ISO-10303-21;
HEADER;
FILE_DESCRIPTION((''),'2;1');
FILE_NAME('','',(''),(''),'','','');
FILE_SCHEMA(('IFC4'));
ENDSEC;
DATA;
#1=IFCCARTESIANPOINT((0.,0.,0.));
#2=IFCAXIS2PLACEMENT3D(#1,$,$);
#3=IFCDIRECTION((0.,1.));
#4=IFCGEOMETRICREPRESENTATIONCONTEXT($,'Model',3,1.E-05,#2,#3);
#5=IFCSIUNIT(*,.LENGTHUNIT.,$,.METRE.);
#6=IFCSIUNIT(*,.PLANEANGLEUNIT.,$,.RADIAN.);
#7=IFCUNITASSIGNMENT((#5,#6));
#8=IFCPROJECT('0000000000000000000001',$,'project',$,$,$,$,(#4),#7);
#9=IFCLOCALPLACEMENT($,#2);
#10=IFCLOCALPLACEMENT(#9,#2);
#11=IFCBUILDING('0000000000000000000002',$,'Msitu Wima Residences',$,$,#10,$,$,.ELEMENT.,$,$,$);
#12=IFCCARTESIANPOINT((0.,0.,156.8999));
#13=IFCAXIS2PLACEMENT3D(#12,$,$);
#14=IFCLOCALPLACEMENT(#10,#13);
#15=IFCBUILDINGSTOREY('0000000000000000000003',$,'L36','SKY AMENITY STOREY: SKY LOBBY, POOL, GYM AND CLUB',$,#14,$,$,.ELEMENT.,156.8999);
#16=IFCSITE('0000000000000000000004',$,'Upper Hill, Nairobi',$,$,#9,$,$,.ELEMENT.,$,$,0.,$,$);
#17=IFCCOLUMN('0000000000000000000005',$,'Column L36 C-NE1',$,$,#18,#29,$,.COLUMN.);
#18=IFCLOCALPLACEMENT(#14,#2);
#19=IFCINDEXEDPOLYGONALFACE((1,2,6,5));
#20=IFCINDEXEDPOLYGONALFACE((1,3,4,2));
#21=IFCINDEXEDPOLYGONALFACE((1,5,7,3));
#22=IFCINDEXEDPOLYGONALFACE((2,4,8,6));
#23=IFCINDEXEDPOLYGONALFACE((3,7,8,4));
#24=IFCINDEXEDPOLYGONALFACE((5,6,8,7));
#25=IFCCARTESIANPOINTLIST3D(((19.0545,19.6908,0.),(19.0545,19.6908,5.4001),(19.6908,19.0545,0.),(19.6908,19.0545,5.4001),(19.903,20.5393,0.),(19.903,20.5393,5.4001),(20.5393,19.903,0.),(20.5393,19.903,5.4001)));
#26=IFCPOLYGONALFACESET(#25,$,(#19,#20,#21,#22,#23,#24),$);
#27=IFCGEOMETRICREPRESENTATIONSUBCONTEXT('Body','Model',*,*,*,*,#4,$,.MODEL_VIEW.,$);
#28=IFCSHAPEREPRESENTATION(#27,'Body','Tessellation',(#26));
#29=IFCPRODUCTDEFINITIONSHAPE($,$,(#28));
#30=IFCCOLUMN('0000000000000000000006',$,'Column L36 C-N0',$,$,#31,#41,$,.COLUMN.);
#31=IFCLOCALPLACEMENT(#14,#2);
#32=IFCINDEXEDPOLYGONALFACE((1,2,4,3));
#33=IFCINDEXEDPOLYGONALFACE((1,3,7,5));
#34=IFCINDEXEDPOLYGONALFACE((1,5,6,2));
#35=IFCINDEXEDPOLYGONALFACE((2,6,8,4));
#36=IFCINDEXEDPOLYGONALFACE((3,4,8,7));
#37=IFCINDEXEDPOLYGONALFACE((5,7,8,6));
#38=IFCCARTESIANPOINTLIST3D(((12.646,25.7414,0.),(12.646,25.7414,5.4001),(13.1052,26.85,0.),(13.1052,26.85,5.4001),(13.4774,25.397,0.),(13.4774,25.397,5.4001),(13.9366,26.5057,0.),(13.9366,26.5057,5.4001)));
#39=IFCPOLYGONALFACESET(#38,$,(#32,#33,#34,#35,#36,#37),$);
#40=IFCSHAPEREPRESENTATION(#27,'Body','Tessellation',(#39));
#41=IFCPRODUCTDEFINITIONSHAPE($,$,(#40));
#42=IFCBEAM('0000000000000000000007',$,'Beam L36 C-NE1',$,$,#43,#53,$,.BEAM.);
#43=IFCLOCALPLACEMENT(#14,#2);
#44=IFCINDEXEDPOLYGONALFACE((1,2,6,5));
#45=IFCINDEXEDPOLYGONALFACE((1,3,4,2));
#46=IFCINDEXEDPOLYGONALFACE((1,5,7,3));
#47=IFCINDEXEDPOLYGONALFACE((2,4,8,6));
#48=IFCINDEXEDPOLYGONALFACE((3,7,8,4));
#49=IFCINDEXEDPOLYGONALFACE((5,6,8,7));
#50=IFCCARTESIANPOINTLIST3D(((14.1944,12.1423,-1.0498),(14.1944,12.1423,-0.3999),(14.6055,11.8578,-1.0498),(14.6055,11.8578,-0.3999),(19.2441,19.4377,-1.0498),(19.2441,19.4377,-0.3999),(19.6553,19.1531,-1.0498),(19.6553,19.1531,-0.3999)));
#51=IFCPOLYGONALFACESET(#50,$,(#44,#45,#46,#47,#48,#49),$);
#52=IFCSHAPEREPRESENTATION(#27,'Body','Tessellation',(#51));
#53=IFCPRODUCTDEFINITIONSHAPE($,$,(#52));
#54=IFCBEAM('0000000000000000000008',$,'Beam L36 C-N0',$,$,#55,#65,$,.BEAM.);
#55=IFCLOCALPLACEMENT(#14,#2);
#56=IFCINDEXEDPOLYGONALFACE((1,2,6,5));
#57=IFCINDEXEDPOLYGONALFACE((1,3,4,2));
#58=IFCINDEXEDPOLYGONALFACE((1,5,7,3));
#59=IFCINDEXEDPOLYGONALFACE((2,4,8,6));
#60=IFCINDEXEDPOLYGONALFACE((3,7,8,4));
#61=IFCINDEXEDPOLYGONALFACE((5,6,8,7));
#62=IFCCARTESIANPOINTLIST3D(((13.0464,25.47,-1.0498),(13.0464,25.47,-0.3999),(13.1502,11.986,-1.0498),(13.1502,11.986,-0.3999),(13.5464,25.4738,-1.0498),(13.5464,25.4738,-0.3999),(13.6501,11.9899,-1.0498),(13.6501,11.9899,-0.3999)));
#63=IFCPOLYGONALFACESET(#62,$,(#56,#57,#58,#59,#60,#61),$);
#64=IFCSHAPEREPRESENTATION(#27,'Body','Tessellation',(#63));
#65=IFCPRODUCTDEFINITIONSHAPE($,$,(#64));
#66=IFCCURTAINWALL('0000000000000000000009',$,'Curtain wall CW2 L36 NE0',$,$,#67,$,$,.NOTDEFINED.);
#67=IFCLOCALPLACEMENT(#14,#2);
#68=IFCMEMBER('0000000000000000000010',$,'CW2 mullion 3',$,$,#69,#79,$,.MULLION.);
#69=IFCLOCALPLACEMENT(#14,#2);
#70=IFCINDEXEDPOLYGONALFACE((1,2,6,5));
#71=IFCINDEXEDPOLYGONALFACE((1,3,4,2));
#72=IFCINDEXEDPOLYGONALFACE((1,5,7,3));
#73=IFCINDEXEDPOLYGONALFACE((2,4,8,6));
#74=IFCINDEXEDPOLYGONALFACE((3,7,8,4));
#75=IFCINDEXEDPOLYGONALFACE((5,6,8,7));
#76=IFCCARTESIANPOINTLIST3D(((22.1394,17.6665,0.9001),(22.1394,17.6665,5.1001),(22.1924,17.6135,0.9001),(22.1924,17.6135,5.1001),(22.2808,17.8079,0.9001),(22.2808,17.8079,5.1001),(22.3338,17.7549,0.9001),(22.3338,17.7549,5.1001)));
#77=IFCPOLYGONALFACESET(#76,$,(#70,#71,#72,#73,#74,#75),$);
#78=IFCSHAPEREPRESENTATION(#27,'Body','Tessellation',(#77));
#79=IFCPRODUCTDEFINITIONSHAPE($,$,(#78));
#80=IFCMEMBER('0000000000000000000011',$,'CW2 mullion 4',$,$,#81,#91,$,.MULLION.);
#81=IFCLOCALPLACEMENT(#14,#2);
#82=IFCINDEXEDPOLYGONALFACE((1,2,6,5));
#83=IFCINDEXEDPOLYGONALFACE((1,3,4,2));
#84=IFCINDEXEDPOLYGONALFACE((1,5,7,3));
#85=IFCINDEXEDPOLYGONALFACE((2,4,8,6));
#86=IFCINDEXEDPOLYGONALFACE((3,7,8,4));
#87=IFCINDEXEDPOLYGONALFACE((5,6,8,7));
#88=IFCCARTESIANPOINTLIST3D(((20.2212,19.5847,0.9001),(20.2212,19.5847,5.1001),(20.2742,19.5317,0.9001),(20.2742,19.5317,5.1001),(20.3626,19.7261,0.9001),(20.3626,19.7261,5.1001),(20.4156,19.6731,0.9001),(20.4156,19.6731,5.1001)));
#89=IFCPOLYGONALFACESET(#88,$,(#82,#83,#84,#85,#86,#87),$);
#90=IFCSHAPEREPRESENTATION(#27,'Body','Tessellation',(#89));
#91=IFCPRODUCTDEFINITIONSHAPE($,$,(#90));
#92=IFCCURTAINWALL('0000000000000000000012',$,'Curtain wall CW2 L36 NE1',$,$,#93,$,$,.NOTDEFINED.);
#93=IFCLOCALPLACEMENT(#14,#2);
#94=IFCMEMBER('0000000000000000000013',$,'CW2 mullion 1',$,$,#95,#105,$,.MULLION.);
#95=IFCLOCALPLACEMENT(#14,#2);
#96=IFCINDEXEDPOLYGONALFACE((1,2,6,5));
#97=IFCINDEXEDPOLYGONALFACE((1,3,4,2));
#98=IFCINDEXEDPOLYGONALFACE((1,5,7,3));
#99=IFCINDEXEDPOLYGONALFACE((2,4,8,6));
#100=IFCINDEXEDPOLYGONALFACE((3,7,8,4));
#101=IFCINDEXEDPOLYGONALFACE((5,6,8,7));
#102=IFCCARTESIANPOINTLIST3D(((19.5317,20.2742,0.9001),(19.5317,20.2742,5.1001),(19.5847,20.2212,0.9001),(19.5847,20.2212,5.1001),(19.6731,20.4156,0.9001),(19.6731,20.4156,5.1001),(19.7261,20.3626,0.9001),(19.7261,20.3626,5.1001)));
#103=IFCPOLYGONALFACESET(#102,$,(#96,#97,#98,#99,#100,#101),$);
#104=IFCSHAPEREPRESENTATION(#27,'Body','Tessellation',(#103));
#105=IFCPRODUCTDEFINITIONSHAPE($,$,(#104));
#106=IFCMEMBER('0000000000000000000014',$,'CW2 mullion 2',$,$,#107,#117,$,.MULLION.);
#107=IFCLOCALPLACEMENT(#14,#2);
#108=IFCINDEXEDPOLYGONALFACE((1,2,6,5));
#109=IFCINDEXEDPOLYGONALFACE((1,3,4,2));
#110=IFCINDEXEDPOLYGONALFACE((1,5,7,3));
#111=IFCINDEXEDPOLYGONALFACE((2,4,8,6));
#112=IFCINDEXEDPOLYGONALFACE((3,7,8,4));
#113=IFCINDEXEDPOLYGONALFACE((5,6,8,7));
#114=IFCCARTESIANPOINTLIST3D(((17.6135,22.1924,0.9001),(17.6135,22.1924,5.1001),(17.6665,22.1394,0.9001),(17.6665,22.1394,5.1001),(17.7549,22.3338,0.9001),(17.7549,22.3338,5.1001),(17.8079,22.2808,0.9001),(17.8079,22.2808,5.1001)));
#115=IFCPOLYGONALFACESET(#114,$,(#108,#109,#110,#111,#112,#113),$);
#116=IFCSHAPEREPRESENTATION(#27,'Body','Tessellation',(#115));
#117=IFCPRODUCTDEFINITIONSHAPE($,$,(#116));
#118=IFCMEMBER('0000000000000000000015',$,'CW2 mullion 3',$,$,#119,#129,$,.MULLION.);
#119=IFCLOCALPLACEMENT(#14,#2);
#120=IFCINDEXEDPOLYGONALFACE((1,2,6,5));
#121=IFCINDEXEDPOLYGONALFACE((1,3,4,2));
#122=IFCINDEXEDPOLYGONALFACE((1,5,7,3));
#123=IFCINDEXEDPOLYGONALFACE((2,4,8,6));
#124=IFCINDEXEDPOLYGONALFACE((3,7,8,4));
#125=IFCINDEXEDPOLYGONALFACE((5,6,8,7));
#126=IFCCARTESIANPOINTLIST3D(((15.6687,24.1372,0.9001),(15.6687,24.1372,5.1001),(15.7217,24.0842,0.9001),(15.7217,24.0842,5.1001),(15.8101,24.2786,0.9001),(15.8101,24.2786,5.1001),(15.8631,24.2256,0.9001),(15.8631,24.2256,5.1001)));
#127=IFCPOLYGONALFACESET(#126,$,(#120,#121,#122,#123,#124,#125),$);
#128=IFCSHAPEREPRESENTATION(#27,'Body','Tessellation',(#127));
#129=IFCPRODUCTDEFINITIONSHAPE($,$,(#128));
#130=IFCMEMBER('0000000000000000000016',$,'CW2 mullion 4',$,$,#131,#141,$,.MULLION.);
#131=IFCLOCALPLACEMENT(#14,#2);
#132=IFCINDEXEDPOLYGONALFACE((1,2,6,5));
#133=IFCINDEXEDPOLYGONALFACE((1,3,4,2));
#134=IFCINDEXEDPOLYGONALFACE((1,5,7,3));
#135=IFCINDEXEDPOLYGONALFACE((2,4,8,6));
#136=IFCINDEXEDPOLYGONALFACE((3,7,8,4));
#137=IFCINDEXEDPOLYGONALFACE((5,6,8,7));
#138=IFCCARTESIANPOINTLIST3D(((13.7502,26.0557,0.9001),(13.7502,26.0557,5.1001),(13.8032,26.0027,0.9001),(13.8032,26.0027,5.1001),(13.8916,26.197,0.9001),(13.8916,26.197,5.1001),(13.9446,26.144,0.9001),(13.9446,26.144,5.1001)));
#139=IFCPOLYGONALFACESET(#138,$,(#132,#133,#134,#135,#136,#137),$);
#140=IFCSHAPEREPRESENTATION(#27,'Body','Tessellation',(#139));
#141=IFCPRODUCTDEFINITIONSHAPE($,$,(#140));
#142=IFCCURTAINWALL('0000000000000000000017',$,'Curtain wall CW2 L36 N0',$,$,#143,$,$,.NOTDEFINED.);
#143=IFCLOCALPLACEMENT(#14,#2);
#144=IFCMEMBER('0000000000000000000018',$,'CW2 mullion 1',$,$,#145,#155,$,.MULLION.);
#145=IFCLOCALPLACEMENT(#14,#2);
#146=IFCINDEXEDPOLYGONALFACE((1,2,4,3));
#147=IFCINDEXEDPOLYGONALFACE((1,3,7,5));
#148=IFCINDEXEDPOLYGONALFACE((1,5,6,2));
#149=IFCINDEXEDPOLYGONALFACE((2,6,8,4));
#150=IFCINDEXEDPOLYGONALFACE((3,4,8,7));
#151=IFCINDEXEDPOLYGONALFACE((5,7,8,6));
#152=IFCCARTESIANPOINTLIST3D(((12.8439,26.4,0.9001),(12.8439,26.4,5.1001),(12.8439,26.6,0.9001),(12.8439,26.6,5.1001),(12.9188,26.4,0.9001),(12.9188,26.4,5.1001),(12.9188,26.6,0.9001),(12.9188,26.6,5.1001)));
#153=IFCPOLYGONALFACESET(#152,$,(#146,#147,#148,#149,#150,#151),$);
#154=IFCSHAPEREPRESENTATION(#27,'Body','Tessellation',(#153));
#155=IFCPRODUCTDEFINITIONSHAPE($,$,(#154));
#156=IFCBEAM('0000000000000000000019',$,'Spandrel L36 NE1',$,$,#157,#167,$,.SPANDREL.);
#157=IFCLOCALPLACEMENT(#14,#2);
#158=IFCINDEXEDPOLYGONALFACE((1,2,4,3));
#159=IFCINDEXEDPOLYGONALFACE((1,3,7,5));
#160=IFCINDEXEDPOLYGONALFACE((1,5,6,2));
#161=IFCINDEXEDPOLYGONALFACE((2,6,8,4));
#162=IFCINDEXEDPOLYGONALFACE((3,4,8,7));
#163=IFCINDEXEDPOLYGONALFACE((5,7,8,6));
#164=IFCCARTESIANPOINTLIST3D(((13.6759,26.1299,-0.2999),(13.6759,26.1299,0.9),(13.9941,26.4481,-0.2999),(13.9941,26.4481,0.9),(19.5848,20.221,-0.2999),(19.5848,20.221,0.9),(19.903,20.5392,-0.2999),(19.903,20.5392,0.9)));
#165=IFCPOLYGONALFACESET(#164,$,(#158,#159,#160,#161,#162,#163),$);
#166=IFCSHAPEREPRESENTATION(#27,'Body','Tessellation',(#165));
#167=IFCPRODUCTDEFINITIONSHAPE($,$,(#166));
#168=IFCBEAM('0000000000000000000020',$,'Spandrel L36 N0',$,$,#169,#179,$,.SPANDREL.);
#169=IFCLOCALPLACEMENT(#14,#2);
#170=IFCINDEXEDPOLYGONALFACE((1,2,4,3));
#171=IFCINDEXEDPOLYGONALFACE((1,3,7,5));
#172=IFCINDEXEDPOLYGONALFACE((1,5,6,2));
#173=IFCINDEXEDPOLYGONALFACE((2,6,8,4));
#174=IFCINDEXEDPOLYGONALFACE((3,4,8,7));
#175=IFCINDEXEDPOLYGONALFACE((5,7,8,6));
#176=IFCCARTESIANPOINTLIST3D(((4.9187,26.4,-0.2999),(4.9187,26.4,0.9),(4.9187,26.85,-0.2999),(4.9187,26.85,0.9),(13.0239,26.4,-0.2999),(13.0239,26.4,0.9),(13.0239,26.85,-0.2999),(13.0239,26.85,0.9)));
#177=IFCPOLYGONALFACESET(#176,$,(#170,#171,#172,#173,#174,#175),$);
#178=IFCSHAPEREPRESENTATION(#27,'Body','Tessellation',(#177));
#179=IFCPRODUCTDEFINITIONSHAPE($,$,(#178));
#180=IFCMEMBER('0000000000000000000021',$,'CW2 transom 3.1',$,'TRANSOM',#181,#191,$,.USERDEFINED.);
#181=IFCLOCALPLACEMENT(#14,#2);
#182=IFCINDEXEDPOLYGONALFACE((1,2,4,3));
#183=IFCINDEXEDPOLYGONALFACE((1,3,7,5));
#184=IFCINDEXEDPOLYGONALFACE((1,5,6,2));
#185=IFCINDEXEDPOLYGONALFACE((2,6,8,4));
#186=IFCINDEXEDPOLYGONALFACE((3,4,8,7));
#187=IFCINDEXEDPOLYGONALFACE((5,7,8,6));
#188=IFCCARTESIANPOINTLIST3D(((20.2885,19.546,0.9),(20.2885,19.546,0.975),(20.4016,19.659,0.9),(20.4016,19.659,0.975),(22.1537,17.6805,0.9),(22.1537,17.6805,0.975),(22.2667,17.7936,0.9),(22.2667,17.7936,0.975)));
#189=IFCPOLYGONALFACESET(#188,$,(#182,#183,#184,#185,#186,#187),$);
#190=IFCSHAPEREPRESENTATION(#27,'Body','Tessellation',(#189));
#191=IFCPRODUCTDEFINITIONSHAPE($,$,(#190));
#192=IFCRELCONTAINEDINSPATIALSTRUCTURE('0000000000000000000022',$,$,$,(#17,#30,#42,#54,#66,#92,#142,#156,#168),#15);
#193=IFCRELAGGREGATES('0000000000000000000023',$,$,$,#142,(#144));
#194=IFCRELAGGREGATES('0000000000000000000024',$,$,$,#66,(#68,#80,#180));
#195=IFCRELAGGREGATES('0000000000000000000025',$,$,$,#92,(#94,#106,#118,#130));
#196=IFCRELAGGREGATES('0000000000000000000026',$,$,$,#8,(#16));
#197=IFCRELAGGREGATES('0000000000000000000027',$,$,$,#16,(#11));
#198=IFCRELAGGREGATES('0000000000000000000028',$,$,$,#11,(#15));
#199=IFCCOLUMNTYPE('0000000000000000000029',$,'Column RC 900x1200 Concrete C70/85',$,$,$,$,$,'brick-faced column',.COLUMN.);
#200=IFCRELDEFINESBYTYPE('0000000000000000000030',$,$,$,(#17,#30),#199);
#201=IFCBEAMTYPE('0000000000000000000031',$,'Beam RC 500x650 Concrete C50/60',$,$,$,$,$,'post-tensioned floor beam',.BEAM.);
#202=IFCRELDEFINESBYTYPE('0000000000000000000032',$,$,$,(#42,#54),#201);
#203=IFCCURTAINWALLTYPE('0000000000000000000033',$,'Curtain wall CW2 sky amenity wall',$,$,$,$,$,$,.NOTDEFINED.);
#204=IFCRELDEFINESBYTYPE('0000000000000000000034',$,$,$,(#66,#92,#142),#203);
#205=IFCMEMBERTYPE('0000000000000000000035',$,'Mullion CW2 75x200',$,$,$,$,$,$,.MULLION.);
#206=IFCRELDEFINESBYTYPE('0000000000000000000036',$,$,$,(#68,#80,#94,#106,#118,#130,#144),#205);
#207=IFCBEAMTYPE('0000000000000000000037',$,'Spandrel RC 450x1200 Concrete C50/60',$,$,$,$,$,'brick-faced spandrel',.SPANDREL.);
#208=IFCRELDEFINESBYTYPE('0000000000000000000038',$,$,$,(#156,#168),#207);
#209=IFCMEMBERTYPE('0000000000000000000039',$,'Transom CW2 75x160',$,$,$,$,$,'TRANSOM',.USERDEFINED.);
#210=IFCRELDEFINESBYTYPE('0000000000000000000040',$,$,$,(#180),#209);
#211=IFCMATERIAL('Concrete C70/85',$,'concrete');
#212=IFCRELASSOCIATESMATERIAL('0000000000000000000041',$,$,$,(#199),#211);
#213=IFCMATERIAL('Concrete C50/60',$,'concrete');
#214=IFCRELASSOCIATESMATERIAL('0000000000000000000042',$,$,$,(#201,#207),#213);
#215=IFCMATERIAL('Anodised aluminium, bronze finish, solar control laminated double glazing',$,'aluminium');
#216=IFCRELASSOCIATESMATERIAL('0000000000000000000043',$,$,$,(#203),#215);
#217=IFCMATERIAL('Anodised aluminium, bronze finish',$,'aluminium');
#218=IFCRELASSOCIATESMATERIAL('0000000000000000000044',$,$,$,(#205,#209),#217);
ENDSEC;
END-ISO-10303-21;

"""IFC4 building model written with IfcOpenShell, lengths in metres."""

from ifc_helpers import new_model, si_unit, direction, frame, origin, origin_2d, place, context, subcontext, project, spatial, rectangle, extrude, material, material_profile, profile_set, type_object, element, aggregate, save


model = new_model("IFC4")

# Units and contexts
model_context = context("Model", 3, precision=1e-05, world=origin(), true_north=direction((0.0, 1.0)))
body_context = subcontext(model_context, "Body", "Model", "MODEL_VIEW")
ifc_project = project(units=[si_unit("LENGTHUNIT", "METRE"), si_unit("PLANEANGLEUNIT", "RADIAN")], contexts=[model_context])

# Site, building, storey
site_placement = place(None, origin())
site = spatial("IfcSite", under=ifc_project, at=site_placement, Name="Upper Hill, Nairobi", CompositionType="ELEMENT", RefElevation=0.0)
building_placement = place(site_placement, origin())
building = spatial("IfcBuilding", under=site, at=building_placement, Name="Msitu Wima Residences", CompositionType="ELEMENT")
storey_placement = place(building_placement, frame((0.0, 0.0, 156.8999)))
storey = spatial("IfcBuildingStorey", under=building, at=storey_placement, Name="L36", Description="SKY AMENITY STOREY: SKY LOBBY, POOL, GYM AND CLUB", CompositionType="ELEMENT", Elevation=156.8999)

# Columns
ifc_material_1 = material(Name="Concrete C70/85", Category="concrete")
ifc_material_profile_1 = material_profile(ifc_material_1, rectangle(XDim=0.8999, YDim=1.2, at=origin_2d()), Name="RC 900x1200")
ifc_profile_set_1 = profile_set([ifc_material_profile_1], Name="Concrete C70/85")
column_type = type_object("IfcColumnType", Name="Column RC 900x1200 Concrete C70/85", ElementType="brick-faced column", PredefinedType="COLUMN", material=ifc_profile_set_1)
for number, where, z_axis, x_axis, name in (
    (1, (19.7969, 19.7969, 0.0), (0.0, 0.0, 1.0), (-0.707107, 0.707107, 0.0), "Column L36 C-NE1"),
    (2, (13.2913, 26.1235, 0.0), (0.0, 0.0, 1.0), (-0.92388, 0.382683, 0.0), "Column L36 C-N0"),
):
    element("IfcColumn", number, at=place(storey_placement, frame(where, z_axis=z_axis, x_axis=x_axis)), inside=storey, type_object=column_type, Name=name, PredefinedType="COLUMN", context=body_context, shape_type="SweptSolid", body=[
        extrude(rectangle(XDim=0.8999, YDim=1.2, at=origin_2d()), origin(), (0.0, 0.0, 1.0), 5.4001),
    ])

# Beams
ifc_material_2 = material(Name="Concrete C50/60", Category="concrete")
ifc_material_profile_2 = material_profile(ifc_material_2, rectangle(XDim=0.5, YDim=0.6499, at=origin_2d()), Name="RC 500x650")
ifc_profile_set_2 = profile_set([ifc_material_profile_2], Name="Concrete C50/60")
beam_type_1 = type_object("IfcBeamType", Name="Beam RC 500x650 Concrete C50/60", ElementType="post-tensioned floor beam", PredefinedType="BEAM", material=ifc_profile_set_2)
beam_1_placement = place(storey_placement, frame((19.4497, 19.2954, -0.7249), z_axis=(-0.569144, -0.822238, 0.0), x_axis=(0.822238, -0.569144, 0.0)))
element("IfcBeam", 3, at=beam_1_placement, inside=storey, type_object=beam_type_1, Name="Beam L36 C-NE1", PredefinedType="BEAM", context=body_context, shape_type="SweptSolid", body=[
    extrude(rectangle(XDim=0.5, YDim=0.6499, at=origin_2d()), origin(), (0.0, 0.0, 1.0), 8.8726),
])
beam_2_placement = place(storey_placement, frame((13.2964, 25.4719, -0.7249), z_axis=(0.007695, -0.99997, 0.0), x_axis=(0.99997, 0.007695, 0.0)))
element("IfcBeam", 4, at=beam_2_placement, inside=storey, type_object=beam_type_1, Name="Beam L36 C-N0", PredefinedType="BEAM", context=body_context, shape_type="SweptSolid", body=[
    extrude(rectangle(XDim=0.5, YDim=0.6499, at=origin_2d()), origin(), (0.0, 0.0, 1.0), 13.4844),
])

# Curtain walls, members
ifc_material_3 = material(Name="Anodised aluminium, bronze finish, solar control laminated double glazing", Category="aluminium")
curtain_wall_type = type_object("IfcCurtainWallType", Name="Curtain wall CW2 sky amenity wall", PredefinedType="NOTDEFINED", material=ifc_material_3)
curtain_wall_1_placement = place(storey_placement, origin())
curtain_wall_1 = element("IfcCurtainWall", 5, at=curtain_wall_1_placement, inside=storey, type_object=curtain_wall_type, Name="Curtain wall CW2 L36 NE0", PredefinedType="NOTDEFINED")
ifc_material_4 = material(Name="Anodised aluminium, bronze finish", Category="aluminium")
ifc_material_profile_3 = material_profile(ifc_material_4, rectangle(XDim=0.2, YDim=0.075, at=origin_2d()), Name="Mullion 75x200")
ifc_profile_set_3 = profile_set([ifc_material_profile_3], Name="Anodised aluminium, bronze finish")
member_type_1 = type_object("IfcMemberType", Name="Mullion CW2 75x200", PredefinedType="MULLION", material=ifc_profile_set_3)
member_1_placement = place(storey_placement, frame((22.2366, 17.7107, 0.9001), z_axis=(0.0, 0.0, 1.0), x_axis=(-0.707107, -0.707107, 0.0)))
member_1 = element("IfcMember", 6, at=member_1_placement, type_object=member_type_1, Name="CW2 mullion 3", PredefinedType="MULLION", context=body_context, shape_type="SweptSolid", body=[
    extrude(rectangle(XDim=0.2, YDim=0.075, at=origin_2d()), origin(), (0.0, 0.0, 1.0), 4.2),
])
member_2_placement = place(storey_placement, frame((20.3184, 19.6289, 0.9001), z_axis=(0.0, 0.0, 1.0), x_axis=(-0.707107, -0.707107, 0.0)))
member_2 = element("IfcMember", 7, at=member_2_placement, type_object=member_type_1, Name="CW2 mullion 4", PredefinedType="MULLION", context=body_context, shape_type="SweptSolid", body=[
    extrude(rectangle(XDim=0.2, YDim=0.075, at=origin_2d()), origin(), (0.0, 0.0, 1.0), 4.2),
])
curtain_wall_2_placement = place(storey_placement, origin())
curtain_wall_2 = element("IfcCurtainWall", 8, at=curtain_wall_2_placement, inside=storey, type_object=curtain_wall_type, Name="Curtain wall CW2 L36 NE1", PredefinedType="NOTDEFINED")
member_3_placement = place(storey_placement, frame((19.6289, 20.3184, 0.9001), z_axis=(0.0, 0.0, 1.0), x_axis=(-0.707107, -0.707107, 0.0)))
member_3 = element("IfcMember", 9, at=member_3_placement, type_object=member_type_1, Name="CW2 mullion 1", PredefinedType="MULLION", context=body_context, shape_type="SweptSolid", body=[
    extrude(rectangle(XDim=0.2, YDim=0.075, at=origin_2d()), origin(), (0.0, 0.0, 1.0), 4.2),
])
member_4_placement = place(storey_placement, frame((17.7107, 22.2366, 0.9001), z_axis=(0.0, 0.0, 1.0), x_axis=(-0.707107, -0.707107, 0.0)))
member_4 = element("IfcMember", 10, at=member_4_placement, type_object=member_type_1, Name="CW2 mullion 2", PredefinedType="MULLION", context=body_context, shape_type="SweptSolid", body=[
    extrude(rectangle(XDim=0.2, YDim=0.075, at=origin_2d()), origin(), (0.0, 0.0, 1.0), 4.2),
])
member_5_placement = place(storey_placement, frame((15.7659, 24.1814, 0.9001), z_axis=(0.0, 0.0, 1.0), x_axis=(-0.707107, -0.707107, 0.0)))
member_5 = element("IfcMember", 11, at=member_5_placement, type_object=member_type_1, Name="CW2 mullion 3", PredefinedType="MULLION", context=body_context, shape_type="SweptSolid", body=[
    extrude(rectangle(XDim=0.2, YDim=0.075, at=origin_2d()), origin(), (0.0, 0.0, 1.0), 4.2),
])
member_6_placement = place(storey_placement, frame((13.8474, 26.0999, 0.9001), z_axis=(0.0, 0.0, 1.0), x_axis=(-0.707107, -0.707107, 0.0)))
member_6 = element("IfcMember", 12, at=member_6_placement, type_object=member_type_1, Name="CW2 mullion 4", PredefinedType="MULLION", context=body_context, shape_type="SweptSolid", body=[
    extrude(rectangle(XDim=0.2, YDim=0.075, at=origin_2d()), origin(), (0.0, 0.0, 1.0), 4.2),
])

# Curtain wall, member
curtain_wall_3_placement = place(storey_placement, origin())
curtain_wall_3 = element("IfcCurtainWall", 13, at=curtain_wall_3_placement, inside=storey, type_object=curtain_wall_type, Name="Curtain wall CW2 L36 N0", PredefinedType="NOTDEFINED")
member_7_placement = place(storey_placement, frame((12.8813, 26.5, 0.9001), z_axis=(0.0, 0.0, 1.0), x_axis=(0.0, -1.0, 0.0)))
member_7 = element("IfcMember", 14, at=member_7_placement, type_object=member_type_1, Name="CW2 mullion 1", PredefinedType="MULLION", context=body_context, shape_type="SweptSolid", body=[
    extrude(rectangle(XDim=0.2, YDim=0.075, at=origin_2d()), origin(), (0.0, 0.0, 1.0), 4.2),
])
aggregate(curtain_wall_3, [member_7])

# Beams
ifc_material_profile_4 = material_profile(ifc_material_2, rectangle(XDim=0.45, YDim=1.2, at=origin_2d()), Name="RC 450x1200")
ifc_profile_set_4 = profile_set([ifc_material_profile_4], Name="Concrete C50/60")
beam_type_2 = type_object("IfcBeamType", Name="Spandrel RC 450x1200 Concrete C50/60", ElementType="brick-faced spandrel", PredefinedType="SPANDREL", material=ifc_profile_set_4)
beam_3_placement = place(storey_placement, frame((19.7439, 20.3801, 0.3), z_axis=(-0.707107, 0.707107, 0.0), x_axis=(-0.707107, -0.707107, 0.0)))
element("IfcBeam", 15, at=beam_3_placement, inside=storey, type_object=beam_type_2, Name="Spandrel L36 NE1", PredefinedType="SPANDREL", context=body_context, shape_type="SweptSolid", body=[
    extrude(rectangle(XDim=0.45, YDim=1.2, at=origin_2d()), origin(), (0.0, 0.0, 1.0), 8.3564),
])
beam_4_placement = place(storey_placement, frame((13.0239, 26.625, 0.3), z_axis=(-1.0, 0.0, 0.0), x_axis=(0.0, -1.0, 0.0)))
element("IfcBeam", 16, at=beam_4_placement, inside=storey, type_object=beam_type_2, Name="Spandrel L36 N0", PredefinedType="SPANDREL", context=body_context, shape_type="SweptSolid", body=[
    extrude(rectangle(XDim=0.45, YDim=1.2, at=origin_2d()), origin(), (0.0, 0.0, 1.0), 8.1052),
])

# Member
ifc_material_profile_5 = material_profile(ifc_material_4, rectangle(XDim=0.1599, YDim=0.075, at=origin_2d()), Name="Transom 75x160")
ifc_profile_set_5 = profile_set([ifc_material_profile_5], Name="Anodised aluminium, bronze finish")
member_type_2 = type_object("IfcMemberType", Name="Transom CW2 75x160", ElementType="TRANSOM", PredefinedType="USERDEFINED", material=ifc_profile_set_5)
member_8_placement = place(storey_placement, frame((22.2102, 17.7371, 0.9375), z_axis=(-0.707061, 0.707153, 0.0), x_axis=(-0.707153, -0.707061, 0.0)))
member_8 = element("IfcMember", 17, at=member_8_placement, type_object=member_type_2, Name="CW2 transom 3.1", ObjectType="TRANSOM", PredefinedType="USERDEFINED", context=body_context, shape_type="SweptSolid", body=[
    extrude(rectangle(XDim=0.1599, YDim=0.075, at=origin_2d()), origin(), (0.0, 0.0, 1.0), 2.6379),
])

aggregate(curtain_wall_1, [member_1, member_2, member_8])
aggregate(curtain_wall_2, [member_3, member_4, member_5, member_6])

save(model, "model.ifc")
